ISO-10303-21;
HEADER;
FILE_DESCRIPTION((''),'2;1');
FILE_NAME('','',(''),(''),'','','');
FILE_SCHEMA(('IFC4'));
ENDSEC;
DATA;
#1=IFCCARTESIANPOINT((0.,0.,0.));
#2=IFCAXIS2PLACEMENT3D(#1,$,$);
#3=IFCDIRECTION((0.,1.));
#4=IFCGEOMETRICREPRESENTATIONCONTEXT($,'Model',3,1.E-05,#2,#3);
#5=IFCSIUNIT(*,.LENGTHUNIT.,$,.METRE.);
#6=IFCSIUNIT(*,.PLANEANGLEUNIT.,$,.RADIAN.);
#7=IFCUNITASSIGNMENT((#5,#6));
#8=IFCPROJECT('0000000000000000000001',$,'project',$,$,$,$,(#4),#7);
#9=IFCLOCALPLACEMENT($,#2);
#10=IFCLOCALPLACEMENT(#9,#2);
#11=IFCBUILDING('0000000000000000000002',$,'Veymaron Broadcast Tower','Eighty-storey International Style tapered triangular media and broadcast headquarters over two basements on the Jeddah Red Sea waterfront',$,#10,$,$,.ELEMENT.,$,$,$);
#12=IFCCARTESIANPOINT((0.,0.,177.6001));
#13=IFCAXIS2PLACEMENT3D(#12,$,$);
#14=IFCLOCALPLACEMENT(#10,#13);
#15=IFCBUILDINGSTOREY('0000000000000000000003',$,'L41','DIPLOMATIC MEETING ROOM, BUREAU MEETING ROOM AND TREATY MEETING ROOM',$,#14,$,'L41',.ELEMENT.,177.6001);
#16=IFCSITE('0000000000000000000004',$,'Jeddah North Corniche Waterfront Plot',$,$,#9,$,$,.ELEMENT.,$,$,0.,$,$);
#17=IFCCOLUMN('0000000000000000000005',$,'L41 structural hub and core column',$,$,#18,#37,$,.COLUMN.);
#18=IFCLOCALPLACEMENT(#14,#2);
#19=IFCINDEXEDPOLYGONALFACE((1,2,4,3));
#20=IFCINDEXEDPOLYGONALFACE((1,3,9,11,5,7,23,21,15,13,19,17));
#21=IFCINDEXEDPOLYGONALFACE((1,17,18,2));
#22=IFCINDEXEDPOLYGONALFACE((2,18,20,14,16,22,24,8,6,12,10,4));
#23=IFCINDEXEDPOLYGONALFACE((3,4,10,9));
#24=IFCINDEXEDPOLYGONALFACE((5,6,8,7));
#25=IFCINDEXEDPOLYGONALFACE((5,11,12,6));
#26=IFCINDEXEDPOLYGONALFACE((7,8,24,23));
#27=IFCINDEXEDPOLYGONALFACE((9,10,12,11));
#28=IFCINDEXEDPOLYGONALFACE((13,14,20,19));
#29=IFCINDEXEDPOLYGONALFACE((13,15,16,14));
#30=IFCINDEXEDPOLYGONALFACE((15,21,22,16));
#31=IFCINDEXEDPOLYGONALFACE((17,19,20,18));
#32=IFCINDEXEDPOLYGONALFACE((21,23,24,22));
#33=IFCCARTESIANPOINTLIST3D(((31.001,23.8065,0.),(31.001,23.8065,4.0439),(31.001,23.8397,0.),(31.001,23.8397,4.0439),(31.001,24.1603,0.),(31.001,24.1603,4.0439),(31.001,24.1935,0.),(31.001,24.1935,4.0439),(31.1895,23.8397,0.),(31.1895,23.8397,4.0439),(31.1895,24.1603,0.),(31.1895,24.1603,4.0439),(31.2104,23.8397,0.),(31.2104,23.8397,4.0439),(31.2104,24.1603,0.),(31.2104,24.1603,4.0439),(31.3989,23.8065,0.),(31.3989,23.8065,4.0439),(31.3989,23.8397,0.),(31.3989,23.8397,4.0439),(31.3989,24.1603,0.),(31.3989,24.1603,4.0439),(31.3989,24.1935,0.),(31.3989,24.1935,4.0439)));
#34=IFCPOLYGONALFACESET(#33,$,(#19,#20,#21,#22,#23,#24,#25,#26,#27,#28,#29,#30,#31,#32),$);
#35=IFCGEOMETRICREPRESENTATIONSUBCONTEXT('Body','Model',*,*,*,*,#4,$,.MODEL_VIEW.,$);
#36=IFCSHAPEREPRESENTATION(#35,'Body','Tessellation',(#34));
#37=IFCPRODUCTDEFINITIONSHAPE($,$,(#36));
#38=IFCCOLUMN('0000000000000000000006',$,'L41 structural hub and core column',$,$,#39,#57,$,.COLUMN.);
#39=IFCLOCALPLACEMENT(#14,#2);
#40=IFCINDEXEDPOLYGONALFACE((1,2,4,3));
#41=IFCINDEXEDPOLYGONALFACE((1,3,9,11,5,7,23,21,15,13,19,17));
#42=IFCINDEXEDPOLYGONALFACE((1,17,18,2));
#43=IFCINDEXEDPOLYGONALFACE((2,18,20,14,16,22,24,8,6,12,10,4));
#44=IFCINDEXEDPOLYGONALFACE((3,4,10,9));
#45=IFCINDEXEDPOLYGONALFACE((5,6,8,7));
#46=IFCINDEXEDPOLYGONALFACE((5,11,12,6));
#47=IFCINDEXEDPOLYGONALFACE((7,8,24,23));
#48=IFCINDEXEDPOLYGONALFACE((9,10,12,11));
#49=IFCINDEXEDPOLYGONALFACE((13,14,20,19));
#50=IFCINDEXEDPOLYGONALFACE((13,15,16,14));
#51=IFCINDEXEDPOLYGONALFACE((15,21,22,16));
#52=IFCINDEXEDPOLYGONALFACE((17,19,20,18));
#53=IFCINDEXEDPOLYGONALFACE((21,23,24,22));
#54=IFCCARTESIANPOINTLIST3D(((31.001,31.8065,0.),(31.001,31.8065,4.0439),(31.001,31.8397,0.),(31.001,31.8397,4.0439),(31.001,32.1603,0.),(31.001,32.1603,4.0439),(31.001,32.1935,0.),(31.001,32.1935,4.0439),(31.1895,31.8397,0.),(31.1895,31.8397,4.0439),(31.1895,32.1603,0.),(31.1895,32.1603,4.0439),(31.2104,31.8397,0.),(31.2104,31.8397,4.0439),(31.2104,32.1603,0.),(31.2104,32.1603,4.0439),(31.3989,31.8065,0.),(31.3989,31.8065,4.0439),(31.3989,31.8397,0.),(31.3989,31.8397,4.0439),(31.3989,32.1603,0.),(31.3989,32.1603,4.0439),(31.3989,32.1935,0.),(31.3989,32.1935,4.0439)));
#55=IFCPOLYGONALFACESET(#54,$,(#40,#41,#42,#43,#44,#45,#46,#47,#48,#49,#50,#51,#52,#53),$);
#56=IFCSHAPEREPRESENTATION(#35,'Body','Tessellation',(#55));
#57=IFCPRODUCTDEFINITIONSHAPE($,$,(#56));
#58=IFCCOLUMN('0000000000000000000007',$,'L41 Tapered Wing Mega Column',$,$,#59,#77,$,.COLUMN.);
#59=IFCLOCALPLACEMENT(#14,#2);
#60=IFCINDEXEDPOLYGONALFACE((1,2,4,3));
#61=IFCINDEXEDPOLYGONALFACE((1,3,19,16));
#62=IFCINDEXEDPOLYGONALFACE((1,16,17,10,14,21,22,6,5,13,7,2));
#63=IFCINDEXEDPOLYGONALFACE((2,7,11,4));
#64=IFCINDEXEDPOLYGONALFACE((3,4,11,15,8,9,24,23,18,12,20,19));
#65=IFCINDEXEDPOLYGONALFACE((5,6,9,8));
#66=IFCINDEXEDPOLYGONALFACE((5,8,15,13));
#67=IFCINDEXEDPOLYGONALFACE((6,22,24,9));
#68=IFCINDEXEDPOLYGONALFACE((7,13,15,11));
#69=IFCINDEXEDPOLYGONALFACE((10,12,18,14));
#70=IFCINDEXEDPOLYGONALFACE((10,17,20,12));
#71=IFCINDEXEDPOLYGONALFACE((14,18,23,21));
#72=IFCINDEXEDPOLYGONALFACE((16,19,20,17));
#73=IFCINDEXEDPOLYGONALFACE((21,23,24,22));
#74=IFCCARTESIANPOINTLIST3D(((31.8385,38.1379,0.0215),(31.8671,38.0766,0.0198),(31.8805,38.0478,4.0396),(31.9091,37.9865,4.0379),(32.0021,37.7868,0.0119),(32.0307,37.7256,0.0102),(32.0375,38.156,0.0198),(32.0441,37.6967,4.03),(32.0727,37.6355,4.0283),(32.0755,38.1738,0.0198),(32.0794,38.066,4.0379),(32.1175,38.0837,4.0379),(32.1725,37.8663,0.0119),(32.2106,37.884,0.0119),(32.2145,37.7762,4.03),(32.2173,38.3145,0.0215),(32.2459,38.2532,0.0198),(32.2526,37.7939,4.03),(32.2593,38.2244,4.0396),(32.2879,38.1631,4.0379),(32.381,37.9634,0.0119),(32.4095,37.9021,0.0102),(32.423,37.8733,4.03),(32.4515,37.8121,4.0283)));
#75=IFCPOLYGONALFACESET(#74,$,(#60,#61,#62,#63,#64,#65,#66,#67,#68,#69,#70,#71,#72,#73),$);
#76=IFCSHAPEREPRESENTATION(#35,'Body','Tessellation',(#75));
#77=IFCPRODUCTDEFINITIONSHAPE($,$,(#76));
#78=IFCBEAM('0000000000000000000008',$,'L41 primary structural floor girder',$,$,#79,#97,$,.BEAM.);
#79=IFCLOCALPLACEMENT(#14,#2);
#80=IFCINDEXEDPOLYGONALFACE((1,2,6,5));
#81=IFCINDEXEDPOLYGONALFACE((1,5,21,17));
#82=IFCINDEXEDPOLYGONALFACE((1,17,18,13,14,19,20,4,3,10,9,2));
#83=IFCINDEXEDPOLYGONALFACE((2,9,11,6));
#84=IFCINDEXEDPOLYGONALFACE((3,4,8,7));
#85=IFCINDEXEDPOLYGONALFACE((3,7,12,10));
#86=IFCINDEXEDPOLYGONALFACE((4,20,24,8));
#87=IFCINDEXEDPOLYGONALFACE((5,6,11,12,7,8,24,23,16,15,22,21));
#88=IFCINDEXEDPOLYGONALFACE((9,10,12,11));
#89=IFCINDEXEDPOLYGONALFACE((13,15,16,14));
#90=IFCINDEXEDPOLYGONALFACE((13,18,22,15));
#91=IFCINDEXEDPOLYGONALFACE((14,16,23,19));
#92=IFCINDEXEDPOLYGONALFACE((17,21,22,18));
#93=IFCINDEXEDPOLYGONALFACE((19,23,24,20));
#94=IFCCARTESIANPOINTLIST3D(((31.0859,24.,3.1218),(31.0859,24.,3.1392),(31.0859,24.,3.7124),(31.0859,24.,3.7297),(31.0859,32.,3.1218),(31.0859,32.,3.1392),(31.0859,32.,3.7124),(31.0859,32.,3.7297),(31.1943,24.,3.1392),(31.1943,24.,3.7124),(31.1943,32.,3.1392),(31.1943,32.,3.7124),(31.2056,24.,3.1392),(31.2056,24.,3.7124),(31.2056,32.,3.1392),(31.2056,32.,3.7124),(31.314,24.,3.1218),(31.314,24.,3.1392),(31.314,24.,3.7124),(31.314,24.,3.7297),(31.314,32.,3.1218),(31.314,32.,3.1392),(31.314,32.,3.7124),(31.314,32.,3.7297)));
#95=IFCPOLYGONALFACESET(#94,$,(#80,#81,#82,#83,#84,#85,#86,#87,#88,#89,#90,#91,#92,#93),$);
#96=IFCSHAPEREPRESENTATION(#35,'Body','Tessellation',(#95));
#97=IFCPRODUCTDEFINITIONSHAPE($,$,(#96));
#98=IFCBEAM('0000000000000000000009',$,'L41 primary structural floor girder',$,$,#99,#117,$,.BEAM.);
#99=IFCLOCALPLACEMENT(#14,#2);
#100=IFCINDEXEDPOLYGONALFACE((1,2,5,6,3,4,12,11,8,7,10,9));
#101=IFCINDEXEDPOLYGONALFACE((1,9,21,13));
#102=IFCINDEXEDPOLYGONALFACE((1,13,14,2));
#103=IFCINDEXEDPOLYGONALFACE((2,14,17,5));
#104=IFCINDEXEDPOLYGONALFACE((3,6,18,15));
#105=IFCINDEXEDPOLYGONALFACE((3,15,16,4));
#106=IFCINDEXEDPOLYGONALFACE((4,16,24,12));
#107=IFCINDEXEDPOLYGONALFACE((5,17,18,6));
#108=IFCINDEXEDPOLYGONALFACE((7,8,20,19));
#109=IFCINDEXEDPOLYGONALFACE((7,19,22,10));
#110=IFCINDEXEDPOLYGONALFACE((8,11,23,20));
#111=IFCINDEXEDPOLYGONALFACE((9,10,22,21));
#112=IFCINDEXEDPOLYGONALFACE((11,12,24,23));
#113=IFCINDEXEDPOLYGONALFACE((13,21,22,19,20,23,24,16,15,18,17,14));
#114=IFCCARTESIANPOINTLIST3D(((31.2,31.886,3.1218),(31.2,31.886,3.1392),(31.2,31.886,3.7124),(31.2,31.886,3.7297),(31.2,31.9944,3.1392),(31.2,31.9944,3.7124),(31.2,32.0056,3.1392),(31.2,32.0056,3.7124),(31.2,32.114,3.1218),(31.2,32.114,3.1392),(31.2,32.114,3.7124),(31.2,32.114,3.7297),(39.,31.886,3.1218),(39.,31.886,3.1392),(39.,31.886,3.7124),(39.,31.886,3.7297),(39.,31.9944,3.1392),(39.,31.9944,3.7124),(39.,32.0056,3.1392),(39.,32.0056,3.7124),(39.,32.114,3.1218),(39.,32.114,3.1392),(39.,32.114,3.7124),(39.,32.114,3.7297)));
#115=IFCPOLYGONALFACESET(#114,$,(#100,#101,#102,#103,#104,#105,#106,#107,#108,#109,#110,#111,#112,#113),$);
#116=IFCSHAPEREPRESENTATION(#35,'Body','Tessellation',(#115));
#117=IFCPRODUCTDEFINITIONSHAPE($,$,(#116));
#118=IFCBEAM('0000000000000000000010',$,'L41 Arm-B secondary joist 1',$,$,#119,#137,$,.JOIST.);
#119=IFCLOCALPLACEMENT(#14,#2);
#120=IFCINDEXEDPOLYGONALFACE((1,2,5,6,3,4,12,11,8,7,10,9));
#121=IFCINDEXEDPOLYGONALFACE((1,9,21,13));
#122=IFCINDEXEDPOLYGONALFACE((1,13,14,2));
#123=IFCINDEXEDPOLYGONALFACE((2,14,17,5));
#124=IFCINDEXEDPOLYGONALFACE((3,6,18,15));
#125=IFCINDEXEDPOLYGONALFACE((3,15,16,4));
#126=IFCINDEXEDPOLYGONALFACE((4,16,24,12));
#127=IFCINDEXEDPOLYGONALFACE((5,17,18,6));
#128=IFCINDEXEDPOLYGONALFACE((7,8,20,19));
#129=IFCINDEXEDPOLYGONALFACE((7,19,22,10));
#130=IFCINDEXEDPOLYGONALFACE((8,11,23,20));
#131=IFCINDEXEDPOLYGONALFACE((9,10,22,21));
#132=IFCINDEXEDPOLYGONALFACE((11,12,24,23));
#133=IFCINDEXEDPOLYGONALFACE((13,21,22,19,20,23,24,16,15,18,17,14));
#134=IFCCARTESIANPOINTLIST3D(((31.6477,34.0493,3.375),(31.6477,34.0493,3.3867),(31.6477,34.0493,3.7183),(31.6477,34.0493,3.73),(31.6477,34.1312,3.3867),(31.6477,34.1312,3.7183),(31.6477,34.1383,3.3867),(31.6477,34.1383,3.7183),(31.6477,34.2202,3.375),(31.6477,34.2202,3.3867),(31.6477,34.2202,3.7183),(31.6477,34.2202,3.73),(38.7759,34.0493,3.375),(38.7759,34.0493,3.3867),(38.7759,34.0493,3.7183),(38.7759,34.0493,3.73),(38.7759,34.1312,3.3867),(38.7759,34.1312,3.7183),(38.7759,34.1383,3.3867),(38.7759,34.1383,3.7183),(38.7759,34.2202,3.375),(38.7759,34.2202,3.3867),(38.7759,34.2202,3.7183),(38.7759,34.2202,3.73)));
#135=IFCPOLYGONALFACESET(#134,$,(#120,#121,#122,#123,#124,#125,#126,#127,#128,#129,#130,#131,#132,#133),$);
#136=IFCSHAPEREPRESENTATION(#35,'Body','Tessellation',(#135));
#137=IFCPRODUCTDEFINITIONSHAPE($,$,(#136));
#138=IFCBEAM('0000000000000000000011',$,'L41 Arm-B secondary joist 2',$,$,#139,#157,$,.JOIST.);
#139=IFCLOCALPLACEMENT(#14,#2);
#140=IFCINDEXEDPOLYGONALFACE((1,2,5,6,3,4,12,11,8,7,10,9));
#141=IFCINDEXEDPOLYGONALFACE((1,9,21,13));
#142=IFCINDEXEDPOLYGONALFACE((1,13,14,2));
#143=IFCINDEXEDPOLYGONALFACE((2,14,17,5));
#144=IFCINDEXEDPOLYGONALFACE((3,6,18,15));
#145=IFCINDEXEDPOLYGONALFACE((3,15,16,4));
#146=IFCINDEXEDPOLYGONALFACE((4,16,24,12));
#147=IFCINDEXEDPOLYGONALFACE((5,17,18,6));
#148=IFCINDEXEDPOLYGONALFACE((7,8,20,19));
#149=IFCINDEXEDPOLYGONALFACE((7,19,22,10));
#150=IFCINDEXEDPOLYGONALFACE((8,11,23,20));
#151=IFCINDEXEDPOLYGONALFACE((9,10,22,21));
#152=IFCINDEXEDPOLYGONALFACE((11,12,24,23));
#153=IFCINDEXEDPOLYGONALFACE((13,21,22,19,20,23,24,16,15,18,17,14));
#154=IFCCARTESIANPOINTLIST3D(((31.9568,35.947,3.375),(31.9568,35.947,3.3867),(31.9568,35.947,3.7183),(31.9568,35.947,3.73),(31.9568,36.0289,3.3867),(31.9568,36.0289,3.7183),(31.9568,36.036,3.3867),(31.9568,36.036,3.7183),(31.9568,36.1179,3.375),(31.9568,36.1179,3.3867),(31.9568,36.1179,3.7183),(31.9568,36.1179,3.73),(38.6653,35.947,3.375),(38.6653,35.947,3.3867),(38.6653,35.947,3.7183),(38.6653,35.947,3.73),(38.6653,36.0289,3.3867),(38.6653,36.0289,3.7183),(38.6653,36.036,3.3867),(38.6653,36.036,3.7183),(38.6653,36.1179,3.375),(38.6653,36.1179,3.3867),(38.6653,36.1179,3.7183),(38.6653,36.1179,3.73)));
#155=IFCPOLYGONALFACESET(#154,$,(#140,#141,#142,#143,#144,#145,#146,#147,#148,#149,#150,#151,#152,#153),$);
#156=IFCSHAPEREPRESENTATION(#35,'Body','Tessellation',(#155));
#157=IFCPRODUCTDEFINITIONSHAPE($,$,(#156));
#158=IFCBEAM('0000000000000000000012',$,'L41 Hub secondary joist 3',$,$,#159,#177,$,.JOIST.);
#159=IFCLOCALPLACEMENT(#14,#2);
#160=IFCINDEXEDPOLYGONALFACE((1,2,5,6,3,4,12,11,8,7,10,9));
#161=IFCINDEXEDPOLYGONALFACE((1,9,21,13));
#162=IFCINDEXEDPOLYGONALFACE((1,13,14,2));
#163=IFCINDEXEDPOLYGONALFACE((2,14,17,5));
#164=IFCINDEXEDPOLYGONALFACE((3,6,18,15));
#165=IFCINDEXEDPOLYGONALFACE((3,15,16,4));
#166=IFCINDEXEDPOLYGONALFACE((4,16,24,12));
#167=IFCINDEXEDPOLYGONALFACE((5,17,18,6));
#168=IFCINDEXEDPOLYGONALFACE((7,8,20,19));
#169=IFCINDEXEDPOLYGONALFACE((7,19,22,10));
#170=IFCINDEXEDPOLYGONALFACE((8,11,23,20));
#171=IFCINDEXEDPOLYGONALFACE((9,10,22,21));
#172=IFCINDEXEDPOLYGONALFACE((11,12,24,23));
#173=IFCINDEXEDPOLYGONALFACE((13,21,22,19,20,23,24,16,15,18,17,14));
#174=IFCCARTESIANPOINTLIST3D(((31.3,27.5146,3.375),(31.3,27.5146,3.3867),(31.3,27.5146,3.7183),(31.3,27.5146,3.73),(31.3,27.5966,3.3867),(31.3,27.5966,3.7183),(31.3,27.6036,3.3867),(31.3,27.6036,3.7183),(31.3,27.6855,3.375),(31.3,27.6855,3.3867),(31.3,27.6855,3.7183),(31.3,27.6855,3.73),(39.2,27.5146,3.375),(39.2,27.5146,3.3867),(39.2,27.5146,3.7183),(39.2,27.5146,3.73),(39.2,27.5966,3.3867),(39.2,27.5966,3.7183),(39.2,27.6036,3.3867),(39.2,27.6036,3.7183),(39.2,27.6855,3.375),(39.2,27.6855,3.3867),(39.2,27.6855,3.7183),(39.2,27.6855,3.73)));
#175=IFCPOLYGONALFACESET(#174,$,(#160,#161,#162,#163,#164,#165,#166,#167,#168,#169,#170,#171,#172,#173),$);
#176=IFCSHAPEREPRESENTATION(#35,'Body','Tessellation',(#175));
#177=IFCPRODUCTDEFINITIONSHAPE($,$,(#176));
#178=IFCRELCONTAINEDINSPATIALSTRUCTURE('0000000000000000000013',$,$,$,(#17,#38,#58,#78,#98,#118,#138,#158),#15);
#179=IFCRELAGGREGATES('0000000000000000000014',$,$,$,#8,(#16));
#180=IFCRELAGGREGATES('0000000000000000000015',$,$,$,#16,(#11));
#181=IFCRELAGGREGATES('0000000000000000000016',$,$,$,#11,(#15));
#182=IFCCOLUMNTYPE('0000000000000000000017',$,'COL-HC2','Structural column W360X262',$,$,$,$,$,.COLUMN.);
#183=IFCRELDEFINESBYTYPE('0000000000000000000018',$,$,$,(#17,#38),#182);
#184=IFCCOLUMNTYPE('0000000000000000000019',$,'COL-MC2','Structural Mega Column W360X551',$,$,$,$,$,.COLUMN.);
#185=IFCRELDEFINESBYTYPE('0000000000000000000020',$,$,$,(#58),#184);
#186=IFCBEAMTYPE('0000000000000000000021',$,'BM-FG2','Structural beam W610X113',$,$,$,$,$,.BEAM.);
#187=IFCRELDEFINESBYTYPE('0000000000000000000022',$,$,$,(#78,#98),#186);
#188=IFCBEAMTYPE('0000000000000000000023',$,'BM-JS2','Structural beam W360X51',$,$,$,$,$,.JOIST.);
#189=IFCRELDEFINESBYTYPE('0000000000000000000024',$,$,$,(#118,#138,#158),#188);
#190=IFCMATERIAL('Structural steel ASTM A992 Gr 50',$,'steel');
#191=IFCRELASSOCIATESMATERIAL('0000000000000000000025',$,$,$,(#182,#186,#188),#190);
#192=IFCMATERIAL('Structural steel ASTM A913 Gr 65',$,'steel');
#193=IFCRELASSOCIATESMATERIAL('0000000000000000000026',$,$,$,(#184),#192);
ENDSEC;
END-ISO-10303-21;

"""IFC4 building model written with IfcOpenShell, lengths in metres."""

from ifc_helpers import new_model, si_unit, direction, frame, origin, origin_2d, place, context, subcontext, project, spatial, i_section, extrude, material, material_profile, profile_set, type_object, element, save


model = new_model("IFC4")

# Units and contexts
model_context = context("Model", 3, precision=1e-05, world=origin(), true_north=direction((0.0, 1.0)))
body_context = subcontext(model_context, "Body", "Model", "MODEL_VIEW")
ifc_project = project(units=[si_unit("LENGTHUNIT", "METRE"), si_unit("PLANEANGLEUNIT", "RADIAN")], contexts=[model_context])

# Site, building, storey
site_placement = place(None, origin())
site = spatial("IfcSite", under=ifc_project, at=site_placement, Name="Jeddah North Corniche Waterfront Plot", CompositionType="ELEMENT", RefElevation=0.0)
building_placement = place(site_placement, origin())
building = spatial("IfcBuilding", under=site, at=building_placement, Name="Veymaron Broadcast Tower", Description="Eighty-storey International Style tapered triangular media and broadcast headquarters over two basements on the Jeddah Red Sea waterfront", CompositionType="ELEMENT")
storey_placement = place(building_placement, frame((0.0, 0.0, 177.6001)))
storey = spatial("IfcBuildingStorey", under=building, at=storey_placement, Name="L41", Description="DIPLOMATIC MEETING ROOM, BUREAU MEETING ROOM AND TREATY MEETING ROOM", LongName="L41", CompositionType="ELEMENT", Elevation=177.6001)

# Columns
ifc_material_1 = material(Name="Structural steel ASTM A992 Gr 50", Category="steel")
ifc_material_profile_1 = material_profile(ifc_material_1, i_section(OverallWidth=0.3979, OverallDepth=0.387, WebThickness=0.021, FlangeThickness=0.0332, at=origin_2d()), Name="W360X262")
ifc_profile_set_1 = profile_set([ifc_material_profile_1], Name="Structural steel ASTM A992 Gr 50")
column_type_1 = type_object("IfcColumnType", Name="COL-HC2", Description="Structural column W360X262", PredefinedType="COLUMN", material=ifc_profile_set_1)
for number, where, z_axis, x_axis, name in (
    (1, (31.2, 24.0, 0.0), (0.0, 0.0, 1.0), (1.0, 0.0, 0.0), "L41 structural hub and core column"),
    (2, (31.2, 32.0, 0.0), (0.0, 0.0, 1.0), (1.0, 0.0, 0.0), "L41 structural hub and core column"),
):
    element("IfcColumn", number, at=place(storey_placement, frame(where, z_axis=z_axis, x_axis=x_axis)), inside=storey, type_object=column_type_1, Name=name, PredefinedType="COLUMN", context=body_context, shape_type="SweptSolid", body=[
        extrude(i_section(OverallWidth=0.3979, OverallDepth=0.387, WebThickness=0.021, FlangeThickness=0.0332, at=origin_2d()), origin(), (0.0, 0.0, 1.0), 4.0439),
    ])
ifc_material_2 = material(Name="Structural steel ASTM A913 Gr 65", Category="steel")
ifc_material_profile_2 = material_profile(ifc_material_2, i_section(OverallWidth=0.418, OverallDepth=0.4551, WebThickness=0.042, FlangeThickness=0.0676, at=origin_2d()), Name="W360X551")
ifc_profile_set_2 = profile_set([ifc_material_profile_2], Name="Structural steel ASTM A913 Gr 65")
column_type_2 = type_object("IfcColumnType", Name="COL-MC2", Description="Structural Mega Column W360X551", PredefinedType="COLUMN", material=ifc_profile_set_2)
column_placement = place(storey_placement, frame((32.124, 38.02, 0.0159), z_axis=(0.010448, -0.022414, 0.999694), x_axis=(0.906371, 0.422482, 0.0)))
element("IfcColumn", 3, at=column_placement, inside=storey, type_object=column_type_2, Name="L41 Tapered Wing Mega Column", PredefinedType="COLUMN", context=body_context, shape_type="SweptSolid", body=[
    extrude(i_section(OverallWidth=0.418, OverallDepth=0.4551, WebThickness=0.042, FlangeThickness=0.0676, at=origin_2d()), origin(), (0.0, 0.0, 1.0), 4.0193),
])

# Beams
ifc_material_profile_3 = material_profile(ifc_material_1, i_section(OverallWidth=0.228, OverallDepth=0.6079, WebThickness=0.0112, FlangeThickness=0.0173, at=origin_2d()), Name="W610X113")
ifc_profile_set_3 = profile_set([ifc_material_profile_3], Name="Structural steel ASTM A992 Gr 50")
beam_type_1 = type_object("IfcBeamType", Name="BM-FG2", Description="Structural beam W610X113", PredefinedType="BEAM", material=ifc_profile_set_3)
beam_1_placement = place(storey_placement, frame((31.2, 24.0, 3.4258), z_axis=(0.0, 1.0, 0.0), x_axis=(-1.0, 0.0, 0.0)))
element("IfcBeam", 4, at=beam_1_placement, inside=storey, type_object=beam_type_1, Name="L41 primary structural floor girder", PredefinedType="BEAM", context=body_context, shape_type="SweptSolid", body=[
    extrude(i_section(OverallWidth=0.228, OverallDepth=0.6079, WebThickness=0.0112, FlangeThickness=0.0173, at=origin_2d()), origin(), (0.0, 0.0, 1.0), 8.0),
])
beam_2_placement = place(storey_placement, frame((31.2, 32.0, 3.4258), z_axis=(1.0, 0.0, 0.0), x_axis=(0.0, 1.0, 0.0)))
element("IfcBeam", 5, at=beam_2_placement, inside=storey, type_object=beam_type_1, Name="L41 primary structural floor girder", PredefinedType="BEAM", context=body_context, shape_type="SweptSolid", body=[
    extrude(i_section(OverallWidth=0.228, OverallDepth=0.6079, WebThickness=0.0112, FlangeThickness=0.0173, at=origin_2d()), origin(), (0.0, 0.0, 1.0), 7.8),
])
ifc_material_profile_4 = material_profile(ifc_material_1, i_section(OverallWidth=0.1709, OverallDepth=0.355, WebThickness=0.0071, FlangeThickness=0.0117, at=origin_2d()), Name="W360X51")
ifc_profile_set_4 = profile_set([ifc_material_profile_4], Name="Structural steel ASTM A992 Gr 50")
beam_type_2 = type_object("IfcBeamType", Name="BM-JS2", Description="Structural beam W360X51", PredefinedType="JOIST", material=ifc_profile_set_4)
beam_3_placement = place(storey_placement, frame((31.6477, 34.1348, 3.5525), z_axis=(1.0, 0.0, 0.0), x_axis=(0.0, 1.0, 0.0)))
element("IfcBeam", 6, at=beam_3_placement, inside=storey, type_object=beam_type_2, Name="L41 Arm-B secondary joist 1", PredefinedType="JOIST", context=body_context, shape_type="SweptSolid", body=[
    extrude(i_section(OverallWidth=0.1709, OverallDepth=0.355, WebThickness=0.0071, FlangeThickness=0.0117, at=origin_2d()), origin(), (0.0, 0.0, 1.0), 7.1282),
])
beam_4_placement = place(storey_placement, frame((31.9568, 36.0325, 3.5525), z_axis=(1.0, 0.0, 0.0), x_axis=(0.0, 1.0, 0.0)))
element("IfcBeam", 7, at=beam_4_placement, inside=storey, type_object=beam_type_2, Name="L41 Arm-B secondary joist 2", PredefinedType="JOIST", context=body_context, shape_type="SweptSolid", body=[
    extrude(i_section(OverallWidth=0.1709, OverallDepth=0.355, WebThickness=0.0071, FlangeThickness=0.0117, at=origin_2d()), origin(), (0.0, 0.0, 1.0), 6.7085),
])
for number, where, z_axis, x_axis, name in (
    (8, (31.3, 27.6001, 3.5525), (1.0, 0.0, 0.0), (0.0, 1.0, 0.0), "L41 Hub secondary joist 3"),
):
    element("IfcBeam", number, at=place(storey_placement, frame(where, z_axis=z_axis, x_axis=x_axis)), inside=storey, type_object=beam_type_2, Name=name, PredefinedType="JOIST", context=body_context, shape_type="SweptSolid", body=[
        extrude(i_section(OverallWidth=0.1709, OverallDepth=0.355, WebThickness=0.0071, FlangeThickness=0.0117, at=origin_2d()), origin(), (0.0, 0.0, 1.0), 7.8999),
    ])

save(model, "model.ifc")
